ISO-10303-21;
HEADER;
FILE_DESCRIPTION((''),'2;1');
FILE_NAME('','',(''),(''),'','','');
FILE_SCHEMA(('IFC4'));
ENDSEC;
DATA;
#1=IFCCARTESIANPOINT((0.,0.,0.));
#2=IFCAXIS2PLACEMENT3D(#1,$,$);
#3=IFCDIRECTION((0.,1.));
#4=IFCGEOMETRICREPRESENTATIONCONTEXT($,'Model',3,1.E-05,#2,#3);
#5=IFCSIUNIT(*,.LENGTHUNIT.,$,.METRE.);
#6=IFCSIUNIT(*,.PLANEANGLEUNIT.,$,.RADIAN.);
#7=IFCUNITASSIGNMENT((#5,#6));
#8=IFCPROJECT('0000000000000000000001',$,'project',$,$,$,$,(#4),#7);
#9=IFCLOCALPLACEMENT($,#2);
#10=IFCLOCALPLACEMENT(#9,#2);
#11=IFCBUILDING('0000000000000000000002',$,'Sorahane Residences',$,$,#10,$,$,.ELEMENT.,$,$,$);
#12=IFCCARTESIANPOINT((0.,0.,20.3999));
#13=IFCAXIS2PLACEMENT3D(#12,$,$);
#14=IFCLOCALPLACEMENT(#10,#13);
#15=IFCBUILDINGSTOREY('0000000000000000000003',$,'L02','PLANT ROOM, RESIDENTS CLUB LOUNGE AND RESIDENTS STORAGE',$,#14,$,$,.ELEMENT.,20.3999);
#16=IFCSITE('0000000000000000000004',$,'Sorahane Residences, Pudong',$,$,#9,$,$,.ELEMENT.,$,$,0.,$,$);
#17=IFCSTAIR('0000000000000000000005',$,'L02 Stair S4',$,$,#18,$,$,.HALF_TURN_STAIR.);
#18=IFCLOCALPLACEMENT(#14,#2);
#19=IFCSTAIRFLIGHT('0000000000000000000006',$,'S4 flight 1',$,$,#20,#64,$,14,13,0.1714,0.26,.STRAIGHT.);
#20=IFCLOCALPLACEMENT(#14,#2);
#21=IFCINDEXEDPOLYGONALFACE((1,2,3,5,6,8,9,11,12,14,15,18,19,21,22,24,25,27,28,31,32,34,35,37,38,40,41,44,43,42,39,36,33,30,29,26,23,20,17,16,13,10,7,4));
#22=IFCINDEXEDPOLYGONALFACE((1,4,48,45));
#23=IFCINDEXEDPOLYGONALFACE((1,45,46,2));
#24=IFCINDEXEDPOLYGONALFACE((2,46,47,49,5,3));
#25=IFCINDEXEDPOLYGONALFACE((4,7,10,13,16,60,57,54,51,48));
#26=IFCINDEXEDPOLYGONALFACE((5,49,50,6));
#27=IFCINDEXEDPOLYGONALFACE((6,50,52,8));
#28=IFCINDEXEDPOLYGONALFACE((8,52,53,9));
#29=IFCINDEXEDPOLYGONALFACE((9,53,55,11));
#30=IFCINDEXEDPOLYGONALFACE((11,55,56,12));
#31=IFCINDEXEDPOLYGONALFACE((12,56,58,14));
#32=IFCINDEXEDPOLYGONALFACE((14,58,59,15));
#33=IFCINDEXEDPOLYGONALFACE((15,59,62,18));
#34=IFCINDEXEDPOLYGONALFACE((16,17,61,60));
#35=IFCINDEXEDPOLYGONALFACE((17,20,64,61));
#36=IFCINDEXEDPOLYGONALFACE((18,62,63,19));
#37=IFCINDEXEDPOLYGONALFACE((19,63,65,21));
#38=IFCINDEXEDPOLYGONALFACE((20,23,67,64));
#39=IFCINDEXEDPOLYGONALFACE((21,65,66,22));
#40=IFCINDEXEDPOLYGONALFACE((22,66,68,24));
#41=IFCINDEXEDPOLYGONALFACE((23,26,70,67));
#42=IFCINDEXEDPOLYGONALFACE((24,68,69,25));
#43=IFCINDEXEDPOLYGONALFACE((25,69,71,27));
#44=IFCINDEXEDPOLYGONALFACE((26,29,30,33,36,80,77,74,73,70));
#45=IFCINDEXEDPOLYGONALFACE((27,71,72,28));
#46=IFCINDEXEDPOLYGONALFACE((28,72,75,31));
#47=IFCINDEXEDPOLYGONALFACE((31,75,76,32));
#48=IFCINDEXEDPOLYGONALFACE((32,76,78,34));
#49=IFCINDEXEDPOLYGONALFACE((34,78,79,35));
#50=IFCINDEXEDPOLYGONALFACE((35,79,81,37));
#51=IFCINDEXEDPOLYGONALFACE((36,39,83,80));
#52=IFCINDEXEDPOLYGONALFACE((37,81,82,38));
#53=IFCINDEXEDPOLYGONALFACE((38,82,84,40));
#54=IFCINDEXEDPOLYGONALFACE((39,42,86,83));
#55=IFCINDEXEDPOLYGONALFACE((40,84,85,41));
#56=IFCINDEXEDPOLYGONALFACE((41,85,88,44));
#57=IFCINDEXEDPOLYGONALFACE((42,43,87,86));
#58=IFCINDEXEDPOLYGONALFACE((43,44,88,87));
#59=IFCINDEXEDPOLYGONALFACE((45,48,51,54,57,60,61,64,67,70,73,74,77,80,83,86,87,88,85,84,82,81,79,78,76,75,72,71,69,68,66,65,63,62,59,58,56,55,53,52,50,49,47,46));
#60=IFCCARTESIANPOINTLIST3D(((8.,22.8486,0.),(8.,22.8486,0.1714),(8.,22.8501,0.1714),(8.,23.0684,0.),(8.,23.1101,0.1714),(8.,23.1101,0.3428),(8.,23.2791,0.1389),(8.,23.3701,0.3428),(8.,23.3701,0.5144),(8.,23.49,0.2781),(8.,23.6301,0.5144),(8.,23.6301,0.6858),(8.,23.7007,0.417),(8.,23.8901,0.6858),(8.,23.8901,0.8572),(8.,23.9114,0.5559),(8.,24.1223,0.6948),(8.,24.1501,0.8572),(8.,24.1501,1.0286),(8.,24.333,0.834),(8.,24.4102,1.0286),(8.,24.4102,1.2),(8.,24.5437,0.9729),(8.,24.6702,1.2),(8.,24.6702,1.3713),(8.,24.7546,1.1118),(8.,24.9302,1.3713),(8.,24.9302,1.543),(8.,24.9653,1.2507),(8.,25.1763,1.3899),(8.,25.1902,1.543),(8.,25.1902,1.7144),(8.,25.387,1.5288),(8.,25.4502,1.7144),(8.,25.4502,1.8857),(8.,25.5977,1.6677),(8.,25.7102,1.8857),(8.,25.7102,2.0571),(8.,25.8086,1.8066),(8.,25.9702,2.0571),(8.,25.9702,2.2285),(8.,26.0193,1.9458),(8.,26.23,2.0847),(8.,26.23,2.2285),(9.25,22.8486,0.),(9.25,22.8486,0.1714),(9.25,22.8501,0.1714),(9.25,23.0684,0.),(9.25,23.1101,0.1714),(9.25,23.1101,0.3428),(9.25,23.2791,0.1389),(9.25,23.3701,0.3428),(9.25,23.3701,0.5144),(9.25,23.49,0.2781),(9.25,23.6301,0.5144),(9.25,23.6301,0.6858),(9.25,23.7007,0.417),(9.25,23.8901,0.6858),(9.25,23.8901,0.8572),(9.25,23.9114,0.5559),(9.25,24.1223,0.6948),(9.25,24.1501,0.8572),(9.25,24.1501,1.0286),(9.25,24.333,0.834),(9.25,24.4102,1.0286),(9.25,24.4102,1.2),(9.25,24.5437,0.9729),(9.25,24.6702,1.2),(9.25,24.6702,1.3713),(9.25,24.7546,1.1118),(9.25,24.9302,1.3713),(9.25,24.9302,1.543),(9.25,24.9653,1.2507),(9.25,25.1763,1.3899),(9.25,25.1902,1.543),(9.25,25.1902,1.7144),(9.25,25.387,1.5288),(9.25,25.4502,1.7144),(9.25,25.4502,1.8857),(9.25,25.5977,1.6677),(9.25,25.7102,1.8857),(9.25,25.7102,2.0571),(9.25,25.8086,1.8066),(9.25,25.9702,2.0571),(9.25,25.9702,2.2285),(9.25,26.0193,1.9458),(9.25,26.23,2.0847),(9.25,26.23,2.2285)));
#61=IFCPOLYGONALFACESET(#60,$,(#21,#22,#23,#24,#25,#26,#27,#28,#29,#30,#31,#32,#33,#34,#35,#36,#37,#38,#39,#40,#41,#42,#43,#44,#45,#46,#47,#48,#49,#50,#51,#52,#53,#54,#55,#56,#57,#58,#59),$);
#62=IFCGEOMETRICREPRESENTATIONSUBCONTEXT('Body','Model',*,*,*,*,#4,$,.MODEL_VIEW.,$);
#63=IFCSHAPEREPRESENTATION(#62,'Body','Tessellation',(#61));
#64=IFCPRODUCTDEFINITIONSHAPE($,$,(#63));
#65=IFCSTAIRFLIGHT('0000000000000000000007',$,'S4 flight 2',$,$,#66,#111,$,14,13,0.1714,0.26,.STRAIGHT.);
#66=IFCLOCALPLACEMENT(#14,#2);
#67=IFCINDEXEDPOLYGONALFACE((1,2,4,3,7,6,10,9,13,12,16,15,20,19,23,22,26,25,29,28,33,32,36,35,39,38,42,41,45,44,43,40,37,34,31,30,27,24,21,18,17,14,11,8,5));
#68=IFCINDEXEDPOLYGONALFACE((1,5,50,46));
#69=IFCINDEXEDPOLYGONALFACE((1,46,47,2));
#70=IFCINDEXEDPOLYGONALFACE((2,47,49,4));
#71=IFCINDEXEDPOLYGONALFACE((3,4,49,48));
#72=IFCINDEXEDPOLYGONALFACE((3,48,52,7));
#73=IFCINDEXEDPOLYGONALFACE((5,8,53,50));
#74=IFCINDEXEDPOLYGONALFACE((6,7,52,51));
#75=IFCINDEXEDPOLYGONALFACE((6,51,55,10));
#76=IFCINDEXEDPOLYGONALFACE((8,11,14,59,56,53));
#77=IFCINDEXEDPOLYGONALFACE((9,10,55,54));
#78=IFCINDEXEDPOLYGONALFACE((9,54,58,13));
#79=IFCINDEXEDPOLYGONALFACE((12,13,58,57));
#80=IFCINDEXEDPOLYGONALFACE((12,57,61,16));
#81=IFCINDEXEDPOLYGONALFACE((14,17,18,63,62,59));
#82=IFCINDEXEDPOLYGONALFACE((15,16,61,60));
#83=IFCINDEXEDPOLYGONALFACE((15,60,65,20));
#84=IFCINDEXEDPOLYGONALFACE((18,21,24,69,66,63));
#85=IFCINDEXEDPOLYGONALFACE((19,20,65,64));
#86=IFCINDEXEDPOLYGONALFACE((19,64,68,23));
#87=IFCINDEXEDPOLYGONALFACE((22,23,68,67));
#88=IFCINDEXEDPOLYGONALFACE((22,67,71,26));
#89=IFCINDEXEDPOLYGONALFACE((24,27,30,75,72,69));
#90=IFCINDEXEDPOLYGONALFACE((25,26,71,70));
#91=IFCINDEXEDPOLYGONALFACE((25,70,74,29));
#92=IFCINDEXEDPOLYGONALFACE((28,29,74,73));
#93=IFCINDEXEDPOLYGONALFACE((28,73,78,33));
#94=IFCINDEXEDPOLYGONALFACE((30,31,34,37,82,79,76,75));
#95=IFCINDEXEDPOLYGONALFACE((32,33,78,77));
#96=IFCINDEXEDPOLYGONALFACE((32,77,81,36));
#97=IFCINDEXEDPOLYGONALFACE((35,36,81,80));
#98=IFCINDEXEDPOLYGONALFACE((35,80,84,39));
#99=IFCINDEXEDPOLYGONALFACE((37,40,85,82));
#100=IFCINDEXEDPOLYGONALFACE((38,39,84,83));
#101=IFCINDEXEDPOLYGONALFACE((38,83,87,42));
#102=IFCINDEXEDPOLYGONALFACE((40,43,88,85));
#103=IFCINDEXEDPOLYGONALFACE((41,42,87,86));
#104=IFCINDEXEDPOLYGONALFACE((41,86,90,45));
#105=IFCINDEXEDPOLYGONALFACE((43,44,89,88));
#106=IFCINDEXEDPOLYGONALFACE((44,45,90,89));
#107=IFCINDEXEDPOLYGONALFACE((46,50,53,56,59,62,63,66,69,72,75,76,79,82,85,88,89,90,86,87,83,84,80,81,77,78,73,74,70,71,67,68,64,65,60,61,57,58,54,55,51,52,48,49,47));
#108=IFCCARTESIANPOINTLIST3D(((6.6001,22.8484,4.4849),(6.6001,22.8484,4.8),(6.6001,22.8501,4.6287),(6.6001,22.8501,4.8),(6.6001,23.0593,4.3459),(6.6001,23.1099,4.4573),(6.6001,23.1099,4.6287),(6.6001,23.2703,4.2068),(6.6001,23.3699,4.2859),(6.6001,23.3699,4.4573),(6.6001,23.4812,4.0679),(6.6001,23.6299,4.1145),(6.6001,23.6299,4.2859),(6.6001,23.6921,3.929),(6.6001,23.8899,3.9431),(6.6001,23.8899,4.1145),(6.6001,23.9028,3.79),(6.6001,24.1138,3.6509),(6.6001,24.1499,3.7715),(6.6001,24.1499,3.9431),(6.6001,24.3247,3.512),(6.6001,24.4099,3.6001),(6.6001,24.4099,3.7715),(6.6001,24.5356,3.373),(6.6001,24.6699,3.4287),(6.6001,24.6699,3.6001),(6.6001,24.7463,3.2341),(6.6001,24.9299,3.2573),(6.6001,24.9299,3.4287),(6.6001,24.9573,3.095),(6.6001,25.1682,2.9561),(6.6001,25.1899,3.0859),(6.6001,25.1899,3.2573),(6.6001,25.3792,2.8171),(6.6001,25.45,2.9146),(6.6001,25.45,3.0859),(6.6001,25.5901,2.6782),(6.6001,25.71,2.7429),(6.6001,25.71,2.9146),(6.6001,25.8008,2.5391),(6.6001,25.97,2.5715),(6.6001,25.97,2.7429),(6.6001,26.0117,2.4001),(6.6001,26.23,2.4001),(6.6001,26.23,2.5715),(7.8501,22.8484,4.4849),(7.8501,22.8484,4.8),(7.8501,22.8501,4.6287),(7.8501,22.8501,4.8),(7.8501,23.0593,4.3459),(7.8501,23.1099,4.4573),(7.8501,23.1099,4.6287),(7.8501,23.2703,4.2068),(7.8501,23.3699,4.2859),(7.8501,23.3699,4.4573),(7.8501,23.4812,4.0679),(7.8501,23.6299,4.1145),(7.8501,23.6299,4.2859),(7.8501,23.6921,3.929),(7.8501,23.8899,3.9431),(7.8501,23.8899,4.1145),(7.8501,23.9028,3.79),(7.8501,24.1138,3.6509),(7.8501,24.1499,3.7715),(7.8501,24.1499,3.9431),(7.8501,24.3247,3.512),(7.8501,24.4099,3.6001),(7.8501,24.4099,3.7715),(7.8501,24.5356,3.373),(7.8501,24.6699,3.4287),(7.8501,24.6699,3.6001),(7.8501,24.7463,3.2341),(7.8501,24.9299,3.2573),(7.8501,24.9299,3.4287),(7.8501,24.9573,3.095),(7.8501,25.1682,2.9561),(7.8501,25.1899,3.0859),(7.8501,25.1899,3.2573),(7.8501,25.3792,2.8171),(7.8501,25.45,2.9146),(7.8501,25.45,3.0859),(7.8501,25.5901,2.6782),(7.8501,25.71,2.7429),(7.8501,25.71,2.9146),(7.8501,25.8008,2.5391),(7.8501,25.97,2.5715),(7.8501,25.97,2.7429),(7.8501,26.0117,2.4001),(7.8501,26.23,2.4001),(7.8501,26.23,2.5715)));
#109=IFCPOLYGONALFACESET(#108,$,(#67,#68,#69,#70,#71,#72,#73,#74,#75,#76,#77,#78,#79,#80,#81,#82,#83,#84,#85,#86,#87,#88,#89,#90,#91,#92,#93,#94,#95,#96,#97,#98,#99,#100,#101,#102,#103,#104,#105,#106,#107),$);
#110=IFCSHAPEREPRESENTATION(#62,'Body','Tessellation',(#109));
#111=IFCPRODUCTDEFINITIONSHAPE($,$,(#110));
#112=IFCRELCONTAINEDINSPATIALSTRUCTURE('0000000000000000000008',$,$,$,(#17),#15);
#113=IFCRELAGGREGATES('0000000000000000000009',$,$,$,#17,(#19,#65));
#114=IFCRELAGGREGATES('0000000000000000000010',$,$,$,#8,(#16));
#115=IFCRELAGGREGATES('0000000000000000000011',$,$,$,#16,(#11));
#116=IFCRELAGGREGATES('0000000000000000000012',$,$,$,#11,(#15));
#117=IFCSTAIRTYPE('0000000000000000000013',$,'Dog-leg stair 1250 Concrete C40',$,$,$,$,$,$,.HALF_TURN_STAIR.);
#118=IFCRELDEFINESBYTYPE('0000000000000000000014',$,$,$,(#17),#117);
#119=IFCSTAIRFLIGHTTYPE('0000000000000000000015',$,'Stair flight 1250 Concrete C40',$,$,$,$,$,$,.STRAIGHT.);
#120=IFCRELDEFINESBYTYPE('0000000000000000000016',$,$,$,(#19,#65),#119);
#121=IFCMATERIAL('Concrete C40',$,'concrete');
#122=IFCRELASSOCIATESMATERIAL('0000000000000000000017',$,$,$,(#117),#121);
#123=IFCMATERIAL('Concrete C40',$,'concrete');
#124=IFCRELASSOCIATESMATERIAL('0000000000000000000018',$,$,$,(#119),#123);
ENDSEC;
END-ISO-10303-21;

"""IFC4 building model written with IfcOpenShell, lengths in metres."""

from ifc_helpers import new_model, si_unit, direction, frame, origin, place, context, subcontext, project, spatial, polyline, outline, extrude, material, type_object, element, aggregate, save


model = new_model("IFC4")

# Units and contexts
model_context = context("Model", 3, precision=1e-05, world=origin(), true_north=direction((0.0, 1.0)))
body_context = subcontext(model_context, "Body", "Model", "MODEL_VIEW")
ifc_project = project(units=[si_unit("LENGTHUNIT", "METRE"), si_unit("PLANEANGLEUNIT", "RADIAN")], contexts=[model_context])

# Site, building, storey
site_placement = place(None, origin())
site = spatial("IfcSite", under=ifc_project, at=site_placement, Name="Sorahane Residences, Pudong", CompositionType="ELEMENT", RefElevation=0.0)
building_placement = place(site_placement, origin())
building = spatial("IfcBuilding", under=site, at=building_placement, Name="Sorahane Residences", CompositionType="ELEMENT")
storey_placement = place(building_placement, frame((0.0, 0.0, 20.3999)))
storey = spatial("IfcBuildingStorey", under=building, at=storey_placement, Name="L02", Description="PLANT ROOM, RESIDENTS CLUB LOUNGE AND RESIDENTS STORAGE", CompositionType="ELEMENT", Elevation=20.3999)

# Stair, stair flights
ifc_material_1 = material(Name="Concrete C40", Category="concrete")
stair_type = type_object("IfcStairType", Name="Dog-leg stair 1250 Concrete C40", PredefinedType="HALF_TURN_STAIR", material=ifc_material_1)
stair_placement = place(storey_placement, origin())
stair = element("IfcStair", 1, at=stair_placement, inside=storey, type_object=stair_type, Name="L02 Stair S4", PredefinedType="HALF_TURN_STAIR")
ifc_material_2 = material(Name="Concrete C40", Category="concrete")
stair_flight_type = type_object("IfcStairFlightType", Name="Stair flight 1250 Concrete C40", PredefinedType="STRAIGHT", material=ifc_material_2)
stair_flight_1_placement = place(storey_placement, frame((8.625, 22.8501, 0.0), z_axis=(0.0, 0.0, 1.0), x_axis=(0.0, 1.0, 0.0)))
stair_flight_1 = element("IfcStairFlight", 2, at=stair_flight_1_placement, type_object=stair_flight_type, Name="S4 flight 1", NumberOfRisers=14, NumberOfTreads=13, PredefinedType="STRAIGHT", RiserHeight=0.1714, TreadLength=0.26, context=body_context, shape_type="SweptSolid", body=[
    extrude(outline(polyline([(-0.0015, 0.0), (-0.0015, 0.1714), (0.0, 0.1714), (0.26, 0.1714), (0.26, 0.3428), (0.52, 0.3428), (0.52, 0.5144), (0.78, 0.5144), (0.78, 0.6858), (1.04, 0.6858), (1.04, 0.8572), (1.3, 0.8572), (1.3, 1.0286), (1.5601, 1.0286), (1.5601, 1.2), (1.8201, 1.2), (1.8201, 1.3713), (2.0801, 1.3713), (2.0801, 1.543), (2.3401, 1.543), (2.3401, 1.7144), (2.6001, 1.7144), (2.6001, 1.8857), (2.8601, 1.8857), (2.8601, 2.0571), (3.1201, 2.0571), (3.1201, 2.2285), (3.3799, 2.2285), (3.3799, 2.3999), (3.3799, 2.0847), (3.1692, 1.9458), (2.9585, 1.8066), (2.7476, 1.6677), (2.5369, 1.5288), (2.3262, 1.3899), (2.1152, 1.2507), (1.9045, 1.1118), (1.6936, 0.9729), (1.4829, 0.834), (1.2722, 0.6948), (1.0613, 0.5559), (0.8506, 0.417), (0.6399, 0.2781), (0.429, 0.1389), (0.2183, 0.0), (-0.0015, 0.0)])), frame((0.0, 0.625, 0.0), z_axis=(0.0, -1.0, 0.0), x_axis=(1.0, 0.0, 0.0)), (0.0, 0.0, 1.0), 1.25),
])
stair_flight_2_placement = place(storey_placement, frame((7.2251, 26.23, 2.4001), z_axis=(0.0, 0.0, 1.0), x_axis=(0.0, -1.0, 0.0)))
stair_flight_2 = element("IfcStairFlight", 3, at=stair_flight_2_placement, type_object=stair_flight_type, Name="S4 flight 2", NumberOfRisers=14, NumberOfTreads=13, PredefinedType="STRAIGHT", RiserHeight=0.1714, TreadLength=0.26, context=body_context, shape_type="SweptSolid", body=[
    extrude(outline(polyline([(0.0, 0.0), (0.0, 0.1714), (0.26, 0.1714), (0.26, 0.3428), (0.52, 0.3428), (0.52, 0.5144), (0.78, 0.5144), (0.78, 0.6858), (1.04, 0.6858), (1.04, 0.8572), (1.3, 0.8572), (1.3, 1.0286), (1.5601, 1.0286), (1.5601, 1.2), (1.8201, 1.2), (1.8201, 1.3713), (2.0801, 1.3713), (2.0801, 1.543), (2.3401, 1.543), (2.3401, 1.7144), (2.6001, 1.7144), (2.6001, 1.8857), (2.8601, 1.8857), (2.8601, 2.0571), (3.1201, 2.0571), (3.1201, 2.2285), (3.3799, 2.2285), (3.3799, 2.3999), (3.3816, 2.3999), (3.3816, 2.0847), (3.1707, 1.9458), (2.9597, 1.8066), (2.7488, 1.6677), (2.5378, 1.5288), (2.3271, 1.3899), (2.1162, 1.2507), (1.9053, 1.1118), (1.6943, 0.9729), (1.4836, 0.834), (1.2727, 0.6948), (1.0618, 0.5559), (0.8508, 0.417), (0.6399, 0.2781), (0.4292, 0.1389), (0.2183, 0.0), (0.0, 0.0)])), frame((0.0, 0.625, 0.0), z_axis=(0.0, -1.0, 0.0), x_axis=(1.0, 0.0, 0.0)), (0.0, 0.0, 1.0), 1.25),
])
aggregate(stair, [stair_flight_1, stair_flight_2])

save(model, "model.ifc")
